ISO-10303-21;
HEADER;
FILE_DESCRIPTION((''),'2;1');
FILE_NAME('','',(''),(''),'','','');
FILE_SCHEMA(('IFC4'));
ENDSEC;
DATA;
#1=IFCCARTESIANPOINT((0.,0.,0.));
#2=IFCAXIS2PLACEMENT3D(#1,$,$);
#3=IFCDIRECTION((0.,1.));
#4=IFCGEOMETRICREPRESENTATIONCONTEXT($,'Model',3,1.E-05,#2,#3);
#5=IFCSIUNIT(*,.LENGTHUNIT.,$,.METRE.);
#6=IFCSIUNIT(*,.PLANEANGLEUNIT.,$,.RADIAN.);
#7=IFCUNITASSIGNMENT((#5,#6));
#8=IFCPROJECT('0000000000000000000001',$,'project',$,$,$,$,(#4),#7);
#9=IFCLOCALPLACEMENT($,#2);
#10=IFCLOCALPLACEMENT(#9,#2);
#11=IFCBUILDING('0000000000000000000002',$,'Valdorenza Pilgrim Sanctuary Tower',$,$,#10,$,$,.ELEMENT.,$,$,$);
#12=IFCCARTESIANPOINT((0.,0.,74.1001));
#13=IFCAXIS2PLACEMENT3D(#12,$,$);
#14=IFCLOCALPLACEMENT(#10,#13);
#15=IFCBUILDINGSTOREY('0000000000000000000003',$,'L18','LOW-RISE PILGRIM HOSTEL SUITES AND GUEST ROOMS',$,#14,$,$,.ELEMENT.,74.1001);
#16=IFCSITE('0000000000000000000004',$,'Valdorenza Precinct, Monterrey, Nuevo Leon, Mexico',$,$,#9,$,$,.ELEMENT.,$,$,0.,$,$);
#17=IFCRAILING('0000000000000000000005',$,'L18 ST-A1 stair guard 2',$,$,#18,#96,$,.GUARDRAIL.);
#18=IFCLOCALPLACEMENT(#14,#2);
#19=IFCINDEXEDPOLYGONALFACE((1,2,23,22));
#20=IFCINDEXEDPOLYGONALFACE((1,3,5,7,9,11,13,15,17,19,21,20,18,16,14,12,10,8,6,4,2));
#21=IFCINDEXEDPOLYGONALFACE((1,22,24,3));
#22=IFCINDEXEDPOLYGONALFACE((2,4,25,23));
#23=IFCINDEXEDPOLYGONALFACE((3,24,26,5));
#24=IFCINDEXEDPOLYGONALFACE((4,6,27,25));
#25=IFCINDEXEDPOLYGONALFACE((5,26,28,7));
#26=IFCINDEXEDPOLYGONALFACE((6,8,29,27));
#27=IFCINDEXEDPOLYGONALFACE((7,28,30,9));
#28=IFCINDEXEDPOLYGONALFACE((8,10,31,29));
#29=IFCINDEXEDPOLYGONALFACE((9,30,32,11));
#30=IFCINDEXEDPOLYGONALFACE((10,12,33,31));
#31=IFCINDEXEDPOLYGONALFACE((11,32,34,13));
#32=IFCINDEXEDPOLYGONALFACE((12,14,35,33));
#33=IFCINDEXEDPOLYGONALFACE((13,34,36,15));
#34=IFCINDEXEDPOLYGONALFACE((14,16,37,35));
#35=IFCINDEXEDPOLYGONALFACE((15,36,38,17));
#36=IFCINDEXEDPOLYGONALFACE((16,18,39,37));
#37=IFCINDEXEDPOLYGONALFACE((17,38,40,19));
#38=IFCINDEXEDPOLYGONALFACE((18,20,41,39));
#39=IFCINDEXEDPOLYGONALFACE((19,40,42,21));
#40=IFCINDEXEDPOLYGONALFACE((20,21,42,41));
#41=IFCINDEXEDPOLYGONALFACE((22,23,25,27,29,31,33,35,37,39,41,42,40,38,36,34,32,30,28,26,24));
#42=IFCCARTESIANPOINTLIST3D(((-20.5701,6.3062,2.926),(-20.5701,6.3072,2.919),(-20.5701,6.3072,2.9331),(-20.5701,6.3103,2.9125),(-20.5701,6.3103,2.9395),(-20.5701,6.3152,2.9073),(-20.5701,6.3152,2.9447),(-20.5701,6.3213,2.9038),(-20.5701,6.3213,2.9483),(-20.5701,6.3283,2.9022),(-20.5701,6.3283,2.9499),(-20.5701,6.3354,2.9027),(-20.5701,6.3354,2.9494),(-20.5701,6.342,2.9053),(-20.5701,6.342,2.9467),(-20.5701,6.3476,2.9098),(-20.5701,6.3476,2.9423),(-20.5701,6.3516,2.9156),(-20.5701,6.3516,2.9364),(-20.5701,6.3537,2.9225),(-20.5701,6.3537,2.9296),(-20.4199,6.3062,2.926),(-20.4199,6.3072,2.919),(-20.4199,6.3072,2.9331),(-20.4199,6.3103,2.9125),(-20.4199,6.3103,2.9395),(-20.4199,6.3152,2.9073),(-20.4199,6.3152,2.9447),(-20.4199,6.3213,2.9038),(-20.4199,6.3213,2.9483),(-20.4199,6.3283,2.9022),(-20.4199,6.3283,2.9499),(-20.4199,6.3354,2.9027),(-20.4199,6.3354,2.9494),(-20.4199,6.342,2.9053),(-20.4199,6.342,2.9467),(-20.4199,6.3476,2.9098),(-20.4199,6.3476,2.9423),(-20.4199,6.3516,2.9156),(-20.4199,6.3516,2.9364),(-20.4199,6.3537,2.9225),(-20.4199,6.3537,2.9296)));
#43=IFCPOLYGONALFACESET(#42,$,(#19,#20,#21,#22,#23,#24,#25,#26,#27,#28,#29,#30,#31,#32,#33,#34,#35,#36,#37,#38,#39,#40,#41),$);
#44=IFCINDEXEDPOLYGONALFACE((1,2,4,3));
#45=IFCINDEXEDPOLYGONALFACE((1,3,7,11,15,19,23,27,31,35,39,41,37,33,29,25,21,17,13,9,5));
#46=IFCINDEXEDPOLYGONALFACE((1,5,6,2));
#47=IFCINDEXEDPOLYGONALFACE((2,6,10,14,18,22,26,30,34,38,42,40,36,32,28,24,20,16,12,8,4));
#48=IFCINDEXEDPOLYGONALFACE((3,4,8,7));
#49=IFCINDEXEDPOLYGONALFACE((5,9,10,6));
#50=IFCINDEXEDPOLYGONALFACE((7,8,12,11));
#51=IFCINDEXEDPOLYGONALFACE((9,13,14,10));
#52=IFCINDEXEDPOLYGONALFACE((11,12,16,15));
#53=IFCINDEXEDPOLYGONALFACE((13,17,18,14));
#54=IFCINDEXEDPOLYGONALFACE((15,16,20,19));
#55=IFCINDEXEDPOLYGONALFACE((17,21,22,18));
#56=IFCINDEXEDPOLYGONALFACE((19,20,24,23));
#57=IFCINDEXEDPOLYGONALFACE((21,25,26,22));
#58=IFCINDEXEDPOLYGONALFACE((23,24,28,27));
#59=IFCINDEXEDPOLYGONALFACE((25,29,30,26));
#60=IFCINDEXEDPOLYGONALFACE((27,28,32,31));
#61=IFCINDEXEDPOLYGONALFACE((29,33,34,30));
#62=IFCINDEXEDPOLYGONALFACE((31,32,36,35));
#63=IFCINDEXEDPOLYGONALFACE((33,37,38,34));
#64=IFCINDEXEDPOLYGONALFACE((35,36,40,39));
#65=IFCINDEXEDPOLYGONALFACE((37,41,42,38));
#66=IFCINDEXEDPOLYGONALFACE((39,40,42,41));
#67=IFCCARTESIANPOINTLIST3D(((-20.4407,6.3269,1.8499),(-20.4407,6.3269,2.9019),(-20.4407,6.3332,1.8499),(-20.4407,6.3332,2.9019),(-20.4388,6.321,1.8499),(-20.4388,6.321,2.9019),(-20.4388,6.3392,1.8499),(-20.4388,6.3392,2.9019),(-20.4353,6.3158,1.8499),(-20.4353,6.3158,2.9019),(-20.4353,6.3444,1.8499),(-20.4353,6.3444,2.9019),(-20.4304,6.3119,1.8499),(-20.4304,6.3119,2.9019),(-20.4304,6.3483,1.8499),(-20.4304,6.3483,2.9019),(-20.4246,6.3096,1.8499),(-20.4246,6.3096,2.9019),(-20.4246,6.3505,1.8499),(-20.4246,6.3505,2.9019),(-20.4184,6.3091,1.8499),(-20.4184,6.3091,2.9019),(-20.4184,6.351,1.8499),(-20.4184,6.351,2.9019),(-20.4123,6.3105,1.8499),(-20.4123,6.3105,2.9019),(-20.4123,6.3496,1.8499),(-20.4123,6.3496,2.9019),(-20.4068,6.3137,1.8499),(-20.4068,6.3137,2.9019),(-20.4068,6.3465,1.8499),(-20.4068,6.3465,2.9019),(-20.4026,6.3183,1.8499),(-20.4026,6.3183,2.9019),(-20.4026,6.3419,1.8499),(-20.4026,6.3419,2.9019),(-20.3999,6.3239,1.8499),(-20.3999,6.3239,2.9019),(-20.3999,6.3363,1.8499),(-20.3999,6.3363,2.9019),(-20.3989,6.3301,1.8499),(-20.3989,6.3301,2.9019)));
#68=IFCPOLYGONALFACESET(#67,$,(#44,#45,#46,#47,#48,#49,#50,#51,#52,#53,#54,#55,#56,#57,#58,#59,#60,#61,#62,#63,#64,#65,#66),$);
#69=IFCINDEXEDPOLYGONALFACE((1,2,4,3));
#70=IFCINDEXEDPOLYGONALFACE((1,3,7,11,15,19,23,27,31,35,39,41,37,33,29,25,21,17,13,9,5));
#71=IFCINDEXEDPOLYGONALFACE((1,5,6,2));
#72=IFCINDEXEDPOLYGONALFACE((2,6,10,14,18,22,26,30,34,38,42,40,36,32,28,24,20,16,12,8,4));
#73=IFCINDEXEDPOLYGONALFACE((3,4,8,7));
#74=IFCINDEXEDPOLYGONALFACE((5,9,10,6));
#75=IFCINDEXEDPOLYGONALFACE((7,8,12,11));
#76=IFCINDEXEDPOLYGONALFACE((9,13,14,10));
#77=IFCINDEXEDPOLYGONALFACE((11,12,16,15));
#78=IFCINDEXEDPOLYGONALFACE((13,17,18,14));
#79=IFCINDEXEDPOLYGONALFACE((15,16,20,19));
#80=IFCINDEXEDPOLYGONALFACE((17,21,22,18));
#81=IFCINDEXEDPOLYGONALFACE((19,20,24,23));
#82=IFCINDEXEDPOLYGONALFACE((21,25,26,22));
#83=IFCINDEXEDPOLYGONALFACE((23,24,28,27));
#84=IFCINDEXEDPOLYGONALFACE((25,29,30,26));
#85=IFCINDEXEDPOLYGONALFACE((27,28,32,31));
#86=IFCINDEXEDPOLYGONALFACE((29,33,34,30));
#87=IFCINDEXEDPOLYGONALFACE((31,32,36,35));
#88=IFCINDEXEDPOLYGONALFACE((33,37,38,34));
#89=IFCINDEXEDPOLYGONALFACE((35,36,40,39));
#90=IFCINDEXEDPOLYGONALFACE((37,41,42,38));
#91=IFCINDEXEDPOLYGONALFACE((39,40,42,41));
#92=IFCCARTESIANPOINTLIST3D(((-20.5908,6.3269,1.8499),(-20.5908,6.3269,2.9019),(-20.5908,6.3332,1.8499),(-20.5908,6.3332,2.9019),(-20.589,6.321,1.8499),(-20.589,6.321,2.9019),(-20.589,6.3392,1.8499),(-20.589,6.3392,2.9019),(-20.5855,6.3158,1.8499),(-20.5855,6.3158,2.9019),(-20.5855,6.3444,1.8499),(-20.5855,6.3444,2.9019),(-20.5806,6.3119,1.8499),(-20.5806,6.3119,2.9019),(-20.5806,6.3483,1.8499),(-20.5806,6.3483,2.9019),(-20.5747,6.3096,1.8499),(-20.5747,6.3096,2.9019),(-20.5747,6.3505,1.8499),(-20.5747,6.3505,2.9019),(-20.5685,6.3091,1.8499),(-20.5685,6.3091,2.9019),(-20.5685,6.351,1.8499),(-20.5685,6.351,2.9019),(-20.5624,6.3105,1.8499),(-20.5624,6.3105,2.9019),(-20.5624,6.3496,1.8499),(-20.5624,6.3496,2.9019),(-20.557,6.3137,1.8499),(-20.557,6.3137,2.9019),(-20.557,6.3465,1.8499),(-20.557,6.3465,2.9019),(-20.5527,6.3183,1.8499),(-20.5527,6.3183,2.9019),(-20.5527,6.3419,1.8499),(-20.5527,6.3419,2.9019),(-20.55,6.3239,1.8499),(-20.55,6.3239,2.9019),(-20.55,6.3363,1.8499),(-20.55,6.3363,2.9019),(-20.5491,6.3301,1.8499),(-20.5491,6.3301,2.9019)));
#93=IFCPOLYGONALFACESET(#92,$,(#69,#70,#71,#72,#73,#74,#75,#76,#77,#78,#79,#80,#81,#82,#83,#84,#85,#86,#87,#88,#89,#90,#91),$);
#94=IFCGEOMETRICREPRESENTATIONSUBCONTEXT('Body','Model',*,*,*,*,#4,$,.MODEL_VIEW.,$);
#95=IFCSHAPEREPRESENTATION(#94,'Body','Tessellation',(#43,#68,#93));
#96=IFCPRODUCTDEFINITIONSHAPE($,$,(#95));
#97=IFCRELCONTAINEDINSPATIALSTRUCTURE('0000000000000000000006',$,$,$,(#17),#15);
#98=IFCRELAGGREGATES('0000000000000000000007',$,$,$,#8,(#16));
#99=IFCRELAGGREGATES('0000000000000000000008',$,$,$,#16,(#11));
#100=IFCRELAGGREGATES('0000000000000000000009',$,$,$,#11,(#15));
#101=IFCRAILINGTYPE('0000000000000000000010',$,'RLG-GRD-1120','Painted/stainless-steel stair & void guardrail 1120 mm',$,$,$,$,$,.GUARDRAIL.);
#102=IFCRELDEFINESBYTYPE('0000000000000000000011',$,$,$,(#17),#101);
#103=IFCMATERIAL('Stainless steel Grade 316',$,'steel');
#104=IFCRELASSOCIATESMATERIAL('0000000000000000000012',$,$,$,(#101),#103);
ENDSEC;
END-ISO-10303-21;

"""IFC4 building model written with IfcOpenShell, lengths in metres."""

from ifc_helpers import new_model, si_unit, direction, frame, origin, origin_2d, place, context, subcontext, project, spatial, circle, extrude, material, type_object, element, save


model = new_model("IFC4")

# Units and contexts
model_context = context("Model", 3, precision=1e-05, world=origin(), true_north=direction((0.0, 1.0)))
body_context = subcontext(model_context, "Body", "Model", "MODEL_VIEW")
ifc_project = project(units=[si_unit("LENGTHUNIT", "METRE"), si_unit("PLANEANGLEUNIT", "RADIAN")], contexts=[model_context])

# Site, building, storey
site_placement = place(None, origin())
site = spatial("IfcSite", under=ifc_project, at=site_placement, Name="Valdorenza Precinct, Monterrey, Nuevo Leon, Mexico", CompositionType="ELEMENT", RefElevation=0.0)
building_placement = place(site_placement, origin())
building = spatial("IfcBuilding", under=site, at=building_placement, Name="Valdorenza Pilgrim Sanctuary Tower", CompositionType="ELEMENT")
storey_placement = place(building_placement, frame((0.0, 0.0, 74.1001)))
storey = spatial("IfcBuildingStorey", under=building, at=storey_placement, Name="L18", Description="LOW-RISE PILGRIM HOSTEL SUITES AND GUEST ROOMS", CompositionType="ELEMENT", Elevation=74.1001)

# Railing
ifc_material_1 = material(Name="Stainless steel Grade 316", Category="steel")
railing_type_1 = type_object("IfcRailingType", Name="RLG-GRD-1120", Description="Painted/stainless-steel stair & void guardrail 1120 mm", PredefinedType="GUARDRAIL", material=ifc_material_1)
railing_1_placement = place(storey_placement, frame((-20.4199, 6.3301, 1.8499)))
element("IfcRailing", 1, at=railing_1_placement, inside=storey, type_object=railing_type_1, Name="L18 ST-A1 stair guard 2", PredefinedType="GUARDRAIL", context=body_context, shape_type="SweptSolid", body=[
    extrude(circle(Radius=0.0239, at=origin_2d()), frame((0.0, 0.0, 1.0762), z_axis=(-1.0, 0.0, 0.0), x_axis=(0.0, -1.0, 0.0)), (0.0, 0.0, 1.0), 0.1501),
    extrude(circle(Radius=0.021, at=origin_2d()), origin(), (0.0, 0.0, 1.0), 1.052),
    extrude(circle(Radius=0.021, at=origin_2d()), frame((-0.1501, 0.0, 0.0)), (0.0, 0.0, 1.0), 1.052),
])

save(model, "model.ifc")
